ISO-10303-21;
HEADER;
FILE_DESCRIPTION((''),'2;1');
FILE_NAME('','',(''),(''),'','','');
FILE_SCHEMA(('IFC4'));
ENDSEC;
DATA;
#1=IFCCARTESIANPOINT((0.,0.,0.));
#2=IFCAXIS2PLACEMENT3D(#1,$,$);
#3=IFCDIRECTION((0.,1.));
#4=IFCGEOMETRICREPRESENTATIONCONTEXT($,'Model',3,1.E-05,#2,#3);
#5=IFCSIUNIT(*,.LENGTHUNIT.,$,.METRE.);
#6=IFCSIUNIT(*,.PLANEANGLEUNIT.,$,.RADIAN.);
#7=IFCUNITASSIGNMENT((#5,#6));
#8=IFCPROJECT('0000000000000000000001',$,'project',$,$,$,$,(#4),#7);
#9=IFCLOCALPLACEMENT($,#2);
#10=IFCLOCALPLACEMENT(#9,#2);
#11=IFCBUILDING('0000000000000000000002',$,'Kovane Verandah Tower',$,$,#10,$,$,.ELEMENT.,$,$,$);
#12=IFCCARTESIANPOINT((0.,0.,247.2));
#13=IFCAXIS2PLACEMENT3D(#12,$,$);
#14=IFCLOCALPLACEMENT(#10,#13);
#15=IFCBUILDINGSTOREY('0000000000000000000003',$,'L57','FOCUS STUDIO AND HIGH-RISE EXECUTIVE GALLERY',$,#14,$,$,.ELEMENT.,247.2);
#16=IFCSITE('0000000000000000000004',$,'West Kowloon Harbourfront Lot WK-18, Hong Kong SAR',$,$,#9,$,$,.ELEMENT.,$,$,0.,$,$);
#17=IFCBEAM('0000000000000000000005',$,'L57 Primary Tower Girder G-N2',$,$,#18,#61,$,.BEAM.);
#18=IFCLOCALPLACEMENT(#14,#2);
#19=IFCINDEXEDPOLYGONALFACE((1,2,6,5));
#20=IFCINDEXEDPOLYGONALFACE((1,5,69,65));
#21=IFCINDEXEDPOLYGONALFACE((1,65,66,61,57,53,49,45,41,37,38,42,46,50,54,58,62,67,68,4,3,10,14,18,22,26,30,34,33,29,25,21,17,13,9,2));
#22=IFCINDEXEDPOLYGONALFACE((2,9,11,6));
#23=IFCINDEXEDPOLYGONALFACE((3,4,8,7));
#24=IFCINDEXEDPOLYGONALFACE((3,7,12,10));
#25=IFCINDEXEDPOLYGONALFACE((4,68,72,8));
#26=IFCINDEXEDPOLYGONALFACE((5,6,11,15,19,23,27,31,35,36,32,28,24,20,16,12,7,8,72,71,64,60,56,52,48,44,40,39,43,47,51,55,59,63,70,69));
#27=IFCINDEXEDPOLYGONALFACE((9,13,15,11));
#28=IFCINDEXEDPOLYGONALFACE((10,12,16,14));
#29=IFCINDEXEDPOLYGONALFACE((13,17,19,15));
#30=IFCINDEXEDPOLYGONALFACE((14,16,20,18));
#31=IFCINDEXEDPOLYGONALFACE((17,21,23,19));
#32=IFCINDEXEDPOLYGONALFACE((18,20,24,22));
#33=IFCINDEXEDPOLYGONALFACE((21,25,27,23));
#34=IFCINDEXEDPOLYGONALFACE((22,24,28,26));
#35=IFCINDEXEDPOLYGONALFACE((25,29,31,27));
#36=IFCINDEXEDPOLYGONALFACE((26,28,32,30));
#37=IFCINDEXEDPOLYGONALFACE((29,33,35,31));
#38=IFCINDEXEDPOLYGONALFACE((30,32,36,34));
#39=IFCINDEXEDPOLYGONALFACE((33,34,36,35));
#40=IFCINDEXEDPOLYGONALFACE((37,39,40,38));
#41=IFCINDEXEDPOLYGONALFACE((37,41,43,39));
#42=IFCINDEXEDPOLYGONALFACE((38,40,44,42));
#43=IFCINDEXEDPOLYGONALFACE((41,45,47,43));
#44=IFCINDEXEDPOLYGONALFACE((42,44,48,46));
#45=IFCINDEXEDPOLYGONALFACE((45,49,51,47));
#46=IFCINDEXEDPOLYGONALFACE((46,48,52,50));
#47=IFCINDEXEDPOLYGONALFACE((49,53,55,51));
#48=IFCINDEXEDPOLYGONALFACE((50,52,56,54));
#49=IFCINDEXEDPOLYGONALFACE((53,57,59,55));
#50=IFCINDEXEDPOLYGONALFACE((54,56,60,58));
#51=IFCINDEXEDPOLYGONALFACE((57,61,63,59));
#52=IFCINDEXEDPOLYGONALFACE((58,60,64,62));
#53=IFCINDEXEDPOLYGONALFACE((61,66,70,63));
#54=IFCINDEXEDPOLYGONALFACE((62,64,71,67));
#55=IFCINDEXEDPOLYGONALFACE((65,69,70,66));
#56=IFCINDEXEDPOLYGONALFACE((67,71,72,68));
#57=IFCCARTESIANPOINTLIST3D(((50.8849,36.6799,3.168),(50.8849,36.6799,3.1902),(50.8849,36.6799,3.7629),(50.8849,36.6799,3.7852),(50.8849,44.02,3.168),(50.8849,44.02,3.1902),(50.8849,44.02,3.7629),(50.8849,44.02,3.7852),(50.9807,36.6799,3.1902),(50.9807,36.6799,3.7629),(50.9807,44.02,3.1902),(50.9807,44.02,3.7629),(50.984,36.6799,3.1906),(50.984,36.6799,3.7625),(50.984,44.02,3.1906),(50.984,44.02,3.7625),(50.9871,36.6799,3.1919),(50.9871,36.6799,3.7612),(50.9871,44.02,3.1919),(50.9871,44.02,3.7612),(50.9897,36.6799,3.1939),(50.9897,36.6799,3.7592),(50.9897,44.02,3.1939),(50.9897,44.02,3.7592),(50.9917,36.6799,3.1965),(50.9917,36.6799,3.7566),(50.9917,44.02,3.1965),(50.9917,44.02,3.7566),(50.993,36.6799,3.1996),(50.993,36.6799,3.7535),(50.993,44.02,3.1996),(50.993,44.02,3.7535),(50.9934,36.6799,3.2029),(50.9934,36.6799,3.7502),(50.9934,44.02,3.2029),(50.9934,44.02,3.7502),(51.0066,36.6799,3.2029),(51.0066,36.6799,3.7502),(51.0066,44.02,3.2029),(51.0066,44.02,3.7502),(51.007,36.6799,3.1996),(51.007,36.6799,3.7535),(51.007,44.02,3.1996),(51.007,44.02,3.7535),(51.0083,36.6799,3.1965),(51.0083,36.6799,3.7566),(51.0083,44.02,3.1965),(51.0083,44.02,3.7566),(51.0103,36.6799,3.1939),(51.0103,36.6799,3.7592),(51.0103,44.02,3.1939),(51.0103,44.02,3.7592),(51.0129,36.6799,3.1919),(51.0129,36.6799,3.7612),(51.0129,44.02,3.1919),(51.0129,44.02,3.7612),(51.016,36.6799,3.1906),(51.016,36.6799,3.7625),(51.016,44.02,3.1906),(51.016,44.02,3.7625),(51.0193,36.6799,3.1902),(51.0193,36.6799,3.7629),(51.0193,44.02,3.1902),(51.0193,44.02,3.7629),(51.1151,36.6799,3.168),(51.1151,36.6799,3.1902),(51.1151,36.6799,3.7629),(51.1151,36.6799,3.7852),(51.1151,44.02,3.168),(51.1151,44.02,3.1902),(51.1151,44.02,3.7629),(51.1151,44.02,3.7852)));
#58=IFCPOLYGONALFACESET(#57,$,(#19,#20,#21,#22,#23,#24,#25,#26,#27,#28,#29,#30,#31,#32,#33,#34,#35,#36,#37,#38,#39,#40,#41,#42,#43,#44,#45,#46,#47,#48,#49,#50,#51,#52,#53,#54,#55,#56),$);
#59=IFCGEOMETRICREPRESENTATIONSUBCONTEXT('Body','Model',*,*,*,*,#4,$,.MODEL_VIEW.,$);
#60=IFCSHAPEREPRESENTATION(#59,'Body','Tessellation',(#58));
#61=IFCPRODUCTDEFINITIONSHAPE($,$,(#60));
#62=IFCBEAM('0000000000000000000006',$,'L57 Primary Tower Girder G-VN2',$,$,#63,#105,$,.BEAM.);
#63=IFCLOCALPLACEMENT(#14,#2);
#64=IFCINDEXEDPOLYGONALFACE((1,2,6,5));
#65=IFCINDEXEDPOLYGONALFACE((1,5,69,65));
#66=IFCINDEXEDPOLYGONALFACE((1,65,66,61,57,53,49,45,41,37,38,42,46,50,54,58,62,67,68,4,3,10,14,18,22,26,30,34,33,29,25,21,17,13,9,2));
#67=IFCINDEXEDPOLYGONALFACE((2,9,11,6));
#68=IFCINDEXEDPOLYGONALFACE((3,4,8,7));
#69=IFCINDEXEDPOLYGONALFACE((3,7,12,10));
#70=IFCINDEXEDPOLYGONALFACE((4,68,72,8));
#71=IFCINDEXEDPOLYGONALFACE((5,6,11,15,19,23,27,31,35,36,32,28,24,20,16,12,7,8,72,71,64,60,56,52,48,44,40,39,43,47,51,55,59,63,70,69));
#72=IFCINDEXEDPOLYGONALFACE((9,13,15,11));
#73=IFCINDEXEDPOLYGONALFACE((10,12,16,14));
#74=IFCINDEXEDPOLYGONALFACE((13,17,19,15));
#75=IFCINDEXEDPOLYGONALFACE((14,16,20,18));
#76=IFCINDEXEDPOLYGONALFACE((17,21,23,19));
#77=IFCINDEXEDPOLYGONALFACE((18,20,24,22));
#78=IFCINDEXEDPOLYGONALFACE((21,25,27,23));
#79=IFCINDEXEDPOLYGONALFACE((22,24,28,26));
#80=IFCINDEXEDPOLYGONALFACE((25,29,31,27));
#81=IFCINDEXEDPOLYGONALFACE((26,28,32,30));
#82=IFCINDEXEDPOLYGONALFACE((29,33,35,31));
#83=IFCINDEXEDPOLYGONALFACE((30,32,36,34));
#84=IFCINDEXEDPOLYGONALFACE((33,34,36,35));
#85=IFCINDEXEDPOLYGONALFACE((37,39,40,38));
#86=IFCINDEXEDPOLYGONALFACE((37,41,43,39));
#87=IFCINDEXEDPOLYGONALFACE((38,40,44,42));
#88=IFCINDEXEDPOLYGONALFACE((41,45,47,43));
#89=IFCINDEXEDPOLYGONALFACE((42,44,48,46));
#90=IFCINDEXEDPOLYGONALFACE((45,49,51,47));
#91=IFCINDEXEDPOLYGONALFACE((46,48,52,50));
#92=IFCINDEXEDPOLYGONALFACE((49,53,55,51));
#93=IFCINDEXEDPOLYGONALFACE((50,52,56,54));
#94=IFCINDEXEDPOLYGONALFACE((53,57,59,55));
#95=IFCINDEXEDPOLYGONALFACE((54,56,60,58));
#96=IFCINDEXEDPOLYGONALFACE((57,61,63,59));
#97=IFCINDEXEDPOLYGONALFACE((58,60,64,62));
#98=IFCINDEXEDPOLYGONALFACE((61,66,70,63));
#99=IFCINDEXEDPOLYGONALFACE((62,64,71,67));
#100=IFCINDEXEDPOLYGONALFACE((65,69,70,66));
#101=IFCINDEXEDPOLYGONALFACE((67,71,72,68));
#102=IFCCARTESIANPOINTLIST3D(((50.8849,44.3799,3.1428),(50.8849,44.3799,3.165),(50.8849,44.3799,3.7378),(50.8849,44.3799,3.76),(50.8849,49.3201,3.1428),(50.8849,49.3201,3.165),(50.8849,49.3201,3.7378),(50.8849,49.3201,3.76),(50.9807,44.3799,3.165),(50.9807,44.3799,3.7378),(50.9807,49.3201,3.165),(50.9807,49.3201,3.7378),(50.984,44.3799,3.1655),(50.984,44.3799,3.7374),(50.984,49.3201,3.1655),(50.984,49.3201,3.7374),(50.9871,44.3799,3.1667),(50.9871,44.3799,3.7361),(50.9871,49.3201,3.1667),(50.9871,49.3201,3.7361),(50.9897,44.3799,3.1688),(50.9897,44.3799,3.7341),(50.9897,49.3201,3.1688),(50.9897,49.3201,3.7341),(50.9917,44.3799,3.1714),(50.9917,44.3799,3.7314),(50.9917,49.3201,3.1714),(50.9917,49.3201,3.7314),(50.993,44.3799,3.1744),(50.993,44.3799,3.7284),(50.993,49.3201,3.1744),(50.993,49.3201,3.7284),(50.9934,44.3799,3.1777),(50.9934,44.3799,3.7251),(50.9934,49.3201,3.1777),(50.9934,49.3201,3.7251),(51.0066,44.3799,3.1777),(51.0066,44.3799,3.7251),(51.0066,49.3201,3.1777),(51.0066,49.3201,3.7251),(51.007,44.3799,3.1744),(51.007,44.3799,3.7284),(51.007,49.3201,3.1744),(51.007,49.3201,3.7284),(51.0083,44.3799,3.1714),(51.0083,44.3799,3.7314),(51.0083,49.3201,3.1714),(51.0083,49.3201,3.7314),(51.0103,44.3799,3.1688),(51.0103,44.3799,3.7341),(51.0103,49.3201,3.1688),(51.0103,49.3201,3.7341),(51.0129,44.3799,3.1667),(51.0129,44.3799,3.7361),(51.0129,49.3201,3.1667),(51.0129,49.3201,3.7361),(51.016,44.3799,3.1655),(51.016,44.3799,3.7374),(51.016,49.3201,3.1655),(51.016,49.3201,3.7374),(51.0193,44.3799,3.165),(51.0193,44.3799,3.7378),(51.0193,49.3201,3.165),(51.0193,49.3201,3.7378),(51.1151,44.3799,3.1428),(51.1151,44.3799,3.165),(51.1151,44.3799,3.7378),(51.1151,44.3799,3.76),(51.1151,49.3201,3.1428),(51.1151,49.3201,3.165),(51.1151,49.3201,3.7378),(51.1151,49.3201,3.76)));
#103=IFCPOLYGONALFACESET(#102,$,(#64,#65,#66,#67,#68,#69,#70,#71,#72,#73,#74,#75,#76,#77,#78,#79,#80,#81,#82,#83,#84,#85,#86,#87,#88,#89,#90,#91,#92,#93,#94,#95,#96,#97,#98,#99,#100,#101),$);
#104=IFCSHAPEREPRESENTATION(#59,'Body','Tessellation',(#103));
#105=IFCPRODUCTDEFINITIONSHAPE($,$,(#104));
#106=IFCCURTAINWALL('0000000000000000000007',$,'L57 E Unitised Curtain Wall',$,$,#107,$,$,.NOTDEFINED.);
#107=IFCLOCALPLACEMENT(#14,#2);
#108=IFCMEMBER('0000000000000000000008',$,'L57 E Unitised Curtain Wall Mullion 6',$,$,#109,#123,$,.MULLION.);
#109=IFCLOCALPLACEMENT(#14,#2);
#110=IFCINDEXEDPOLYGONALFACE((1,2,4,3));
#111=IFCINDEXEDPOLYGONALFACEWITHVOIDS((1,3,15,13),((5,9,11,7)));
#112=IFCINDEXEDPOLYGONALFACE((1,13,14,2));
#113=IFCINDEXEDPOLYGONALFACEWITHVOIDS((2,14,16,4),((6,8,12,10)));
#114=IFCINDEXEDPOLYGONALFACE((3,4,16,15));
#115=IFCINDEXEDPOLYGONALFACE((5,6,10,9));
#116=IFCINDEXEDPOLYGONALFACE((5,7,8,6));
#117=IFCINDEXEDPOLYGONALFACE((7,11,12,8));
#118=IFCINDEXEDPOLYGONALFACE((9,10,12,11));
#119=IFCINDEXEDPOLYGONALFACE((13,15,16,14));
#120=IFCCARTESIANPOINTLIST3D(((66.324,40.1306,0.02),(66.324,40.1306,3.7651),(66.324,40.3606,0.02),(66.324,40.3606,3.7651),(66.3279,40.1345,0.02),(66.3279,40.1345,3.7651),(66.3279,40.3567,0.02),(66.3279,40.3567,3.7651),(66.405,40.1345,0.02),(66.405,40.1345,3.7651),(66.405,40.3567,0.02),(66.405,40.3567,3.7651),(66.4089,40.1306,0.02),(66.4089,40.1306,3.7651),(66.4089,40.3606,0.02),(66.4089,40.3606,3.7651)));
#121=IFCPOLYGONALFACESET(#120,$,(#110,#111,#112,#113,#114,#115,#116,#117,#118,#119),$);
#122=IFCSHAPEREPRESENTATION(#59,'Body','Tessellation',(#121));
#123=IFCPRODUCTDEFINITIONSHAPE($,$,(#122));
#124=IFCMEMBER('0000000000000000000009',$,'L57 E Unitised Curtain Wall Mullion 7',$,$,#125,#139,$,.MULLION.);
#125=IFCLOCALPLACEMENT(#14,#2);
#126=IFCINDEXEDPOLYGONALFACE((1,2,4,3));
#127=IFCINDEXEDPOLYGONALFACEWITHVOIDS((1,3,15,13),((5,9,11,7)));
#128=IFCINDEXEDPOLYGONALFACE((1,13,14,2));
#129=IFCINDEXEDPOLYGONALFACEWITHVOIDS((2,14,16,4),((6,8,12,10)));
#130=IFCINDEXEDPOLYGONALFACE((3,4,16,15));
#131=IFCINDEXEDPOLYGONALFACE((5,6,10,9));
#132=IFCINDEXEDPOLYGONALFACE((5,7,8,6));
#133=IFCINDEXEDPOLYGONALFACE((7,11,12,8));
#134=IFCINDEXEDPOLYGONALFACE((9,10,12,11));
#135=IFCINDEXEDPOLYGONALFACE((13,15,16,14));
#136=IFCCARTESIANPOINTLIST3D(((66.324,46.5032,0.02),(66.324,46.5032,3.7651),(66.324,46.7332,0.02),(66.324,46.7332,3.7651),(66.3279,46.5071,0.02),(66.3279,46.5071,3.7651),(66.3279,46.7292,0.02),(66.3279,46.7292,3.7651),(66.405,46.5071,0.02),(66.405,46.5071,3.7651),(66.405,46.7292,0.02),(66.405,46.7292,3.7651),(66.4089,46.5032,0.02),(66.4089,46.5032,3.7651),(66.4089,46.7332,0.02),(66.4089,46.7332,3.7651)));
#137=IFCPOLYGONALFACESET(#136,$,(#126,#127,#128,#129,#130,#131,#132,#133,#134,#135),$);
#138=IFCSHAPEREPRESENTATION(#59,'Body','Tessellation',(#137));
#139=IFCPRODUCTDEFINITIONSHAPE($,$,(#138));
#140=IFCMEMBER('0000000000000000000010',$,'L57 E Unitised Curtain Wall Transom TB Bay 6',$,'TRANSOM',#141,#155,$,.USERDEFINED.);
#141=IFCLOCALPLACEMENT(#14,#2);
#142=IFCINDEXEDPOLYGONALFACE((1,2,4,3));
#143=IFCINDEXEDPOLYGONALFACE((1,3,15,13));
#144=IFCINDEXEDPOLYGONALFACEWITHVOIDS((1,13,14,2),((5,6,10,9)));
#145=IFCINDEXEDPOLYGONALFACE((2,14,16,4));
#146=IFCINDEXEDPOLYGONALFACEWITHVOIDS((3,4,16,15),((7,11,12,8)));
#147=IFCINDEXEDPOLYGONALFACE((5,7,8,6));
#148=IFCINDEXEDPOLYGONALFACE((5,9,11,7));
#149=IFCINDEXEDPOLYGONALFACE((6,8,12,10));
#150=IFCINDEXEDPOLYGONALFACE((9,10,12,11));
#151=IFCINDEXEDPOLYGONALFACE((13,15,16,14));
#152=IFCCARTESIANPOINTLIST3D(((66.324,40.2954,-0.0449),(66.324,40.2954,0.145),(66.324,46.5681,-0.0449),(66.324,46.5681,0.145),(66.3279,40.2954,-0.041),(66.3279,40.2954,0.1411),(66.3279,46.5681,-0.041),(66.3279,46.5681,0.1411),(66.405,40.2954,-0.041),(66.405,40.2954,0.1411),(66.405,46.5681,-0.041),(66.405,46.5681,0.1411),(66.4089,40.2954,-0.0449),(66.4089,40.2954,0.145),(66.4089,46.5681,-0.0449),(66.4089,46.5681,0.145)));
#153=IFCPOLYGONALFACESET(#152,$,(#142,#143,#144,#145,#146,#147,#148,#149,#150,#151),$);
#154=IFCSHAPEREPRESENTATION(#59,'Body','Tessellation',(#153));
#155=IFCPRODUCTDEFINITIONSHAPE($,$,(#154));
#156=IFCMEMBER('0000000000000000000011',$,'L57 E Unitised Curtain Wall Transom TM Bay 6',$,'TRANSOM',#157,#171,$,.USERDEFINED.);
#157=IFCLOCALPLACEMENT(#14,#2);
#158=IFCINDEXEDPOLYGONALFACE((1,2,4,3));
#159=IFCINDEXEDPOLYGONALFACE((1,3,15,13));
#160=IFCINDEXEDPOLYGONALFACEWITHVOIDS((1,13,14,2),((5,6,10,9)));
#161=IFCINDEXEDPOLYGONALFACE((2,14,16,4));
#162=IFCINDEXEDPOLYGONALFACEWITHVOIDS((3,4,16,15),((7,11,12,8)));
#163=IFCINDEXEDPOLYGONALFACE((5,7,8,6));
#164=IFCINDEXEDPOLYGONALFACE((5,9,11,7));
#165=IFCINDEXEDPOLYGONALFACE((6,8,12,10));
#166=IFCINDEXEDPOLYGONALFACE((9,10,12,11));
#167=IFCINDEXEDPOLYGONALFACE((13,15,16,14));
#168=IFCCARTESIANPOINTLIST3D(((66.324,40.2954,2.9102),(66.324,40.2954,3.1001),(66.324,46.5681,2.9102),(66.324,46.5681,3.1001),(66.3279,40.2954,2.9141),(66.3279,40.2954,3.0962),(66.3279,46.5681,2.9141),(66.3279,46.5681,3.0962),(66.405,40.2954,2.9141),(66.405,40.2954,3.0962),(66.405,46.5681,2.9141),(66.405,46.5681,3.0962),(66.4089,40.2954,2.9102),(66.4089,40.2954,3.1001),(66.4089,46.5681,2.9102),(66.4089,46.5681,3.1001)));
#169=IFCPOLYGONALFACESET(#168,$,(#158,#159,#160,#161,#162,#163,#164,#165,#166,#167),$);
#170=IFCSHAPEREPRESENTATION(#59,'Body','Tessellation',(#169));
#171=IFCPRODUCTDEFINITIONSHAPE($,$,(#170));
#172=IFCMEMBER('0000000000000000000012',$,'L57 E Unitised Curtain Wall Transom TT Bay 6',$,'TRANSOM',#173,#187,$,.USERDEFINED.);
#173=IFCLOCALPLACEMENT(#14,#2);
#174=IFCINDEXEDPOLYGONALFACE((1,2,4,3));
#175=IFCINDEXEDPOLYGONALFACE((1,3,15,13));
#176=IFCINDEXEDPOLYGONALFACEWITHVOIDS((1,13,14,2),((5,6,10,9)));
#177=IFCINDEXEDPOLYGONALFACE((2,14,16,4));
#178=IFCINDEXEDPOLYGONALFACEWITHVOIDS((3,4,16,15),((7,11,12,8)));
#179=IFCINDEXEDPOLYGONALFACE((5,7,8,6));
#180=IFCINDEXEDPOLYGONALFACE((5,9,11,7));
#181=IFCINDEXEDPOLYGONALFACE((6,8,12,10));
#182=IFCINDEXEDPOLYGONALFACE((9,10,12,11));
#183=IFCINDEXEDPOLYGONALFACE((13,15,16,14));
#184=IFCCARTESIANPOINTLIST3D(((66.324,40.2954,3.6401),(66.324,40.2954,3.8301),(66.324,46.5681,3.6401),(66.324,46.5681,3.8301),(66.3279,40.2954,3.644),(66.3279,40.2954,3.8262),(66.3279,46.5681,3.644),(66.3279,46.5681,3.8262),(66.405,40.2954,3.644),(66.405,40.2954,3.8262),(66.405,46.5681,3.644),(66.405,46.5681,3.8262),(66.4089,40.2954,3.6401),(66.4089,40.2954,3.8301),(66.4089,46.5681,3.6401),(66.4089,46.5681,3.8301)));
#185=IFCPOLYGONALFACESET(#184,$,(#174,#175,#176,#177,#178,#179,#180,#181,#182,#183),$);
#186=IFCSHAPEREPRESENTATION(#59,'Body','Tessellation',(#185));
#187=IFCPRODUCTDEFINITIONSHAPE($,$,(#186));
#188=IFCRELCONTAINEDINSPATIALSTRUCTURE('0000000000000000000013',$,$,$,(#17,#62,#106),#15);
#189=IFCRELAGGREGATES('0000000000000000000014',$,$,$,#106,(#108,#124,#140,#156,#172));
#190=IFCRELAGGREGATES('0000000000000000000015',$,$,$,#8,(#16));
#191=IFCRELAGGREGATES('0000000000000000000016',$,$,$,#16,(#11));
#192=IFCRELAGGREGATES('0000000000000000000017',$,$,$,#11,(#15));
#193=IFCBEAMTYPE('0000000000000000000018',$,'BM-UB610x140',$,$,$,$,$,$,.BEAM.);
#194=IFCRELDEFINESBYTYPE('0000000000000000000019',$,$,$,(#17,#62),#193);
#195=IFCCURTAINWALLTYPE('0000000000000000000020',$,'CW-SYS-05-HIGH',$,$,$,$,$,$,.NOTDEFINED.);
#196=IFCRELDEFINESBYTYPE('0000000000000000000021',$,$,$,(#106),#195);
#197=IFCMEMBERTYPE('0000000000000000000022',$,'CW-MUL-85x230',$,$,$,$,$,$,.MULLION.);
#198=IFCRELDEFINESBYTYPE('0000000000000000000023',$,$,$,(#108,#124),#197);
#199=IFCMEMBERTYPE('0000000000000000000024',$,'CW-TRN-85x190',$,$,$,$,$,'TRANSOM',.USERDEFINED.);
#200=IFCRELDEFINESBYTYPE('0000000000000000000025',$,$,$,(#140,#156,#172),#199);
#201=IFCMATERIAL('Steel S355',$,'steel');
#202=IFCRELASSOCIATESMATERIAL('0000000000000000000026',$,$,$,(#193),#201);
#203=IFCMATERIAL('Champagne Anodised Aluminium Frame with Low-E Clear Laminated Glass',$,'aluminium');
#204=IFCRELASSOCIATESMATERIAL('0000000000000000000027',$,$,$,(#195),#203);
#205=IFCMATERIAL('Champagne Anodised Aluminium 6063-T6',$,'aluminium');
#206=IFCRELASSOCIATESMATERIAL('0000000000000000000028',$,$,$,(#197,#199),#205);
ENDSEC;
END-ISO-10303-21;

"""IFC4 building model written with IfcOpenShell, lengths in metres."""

from ifc_helpers import new_model, si_unit, direction, frame, origin, origin_2d, place, context, subcontext, project, spatial, hollow_rectangle, i_section, extrude, material, material_profile, profile_set, type_object, element, aggregate, save


model = new_model("IFC4")

# Units and contexts
model_context = context("Model", 3, precision=1e-05, world=origin(), true_north=direction((0.0, 1.0)))
body_context = subcontext(model_context, "Body", "Model", "MODEL_VIEW")
ifc_project = project(units=[si_unit("LENGTHUNIT", "METRE"), si_unit("PLANEANGLEUNIT", "RADIAN")], contexts=[model_context])

# Site, building, storey
site_placement = place(None, origin())
site = spatial("IfcSite", under=ifc_project, at=site_placement, Name="West Kowloon Harbourfront Lot WK-18, Hong Kong SAR", CompositionType="ELEMENT", RefElevation=0.0)
building_placement = place(site_placement, origin())
building = spatial("IfcBuilding", under=site, at=building_placement, Name="Kovane Verandah Tower", CompositionType="ELEMENT")
storey_placement = place(building_placement, frame((0.0, 0.0, 247.2)))
storey = spatial("IfcBuildingStorey", under=building, at=storey_placement, Name="L57", Description="FOCUS STUDIO AND HIGH-RISE EXECUTIVE GALLERY", CompositionType="ELEMENT", Elevation=247.2)

# Beams
ifc_material_1 = material(Name="Steel S355", Category="steel")
ifc_material_profile_1 = material_profile(ifc_material_1, i_section(OverallWidth=0.2302, OverallDepth=0.6172, WebThickness=0.0132, FlangeThickness=0.0222, FilletRadius=0.0127, at=origin_2d()), Name="UB610x229x140")
ifc_profile_set_1 = profile_set([ifc_material_profile_1], Name="Steel S355")
beam_type_1 = type_object("IfcBeamType", Name="BM-UB610x140", PredefinedType="BEAM", material=ifc_profile_set_1)
for number, where, z_axis, x_axis, name in (
    (1, (51.0, 36.6799, 3.4766), (0.0, 1.0, 0.0), (-1.0, 0.0, 0.0), "L57 Primary Tower Girder G-N2"),
):
    element("IfcBeam", number, at=place(storey_placement, frame(where, z_axis=z_axis, x_axis=x_axis)), inside=storey, type_object=beam_type_1, Name=name, PredefinedType="BEAM", context=body_context, shape_type="SweptSolid", body=[
        extrude(i_section(OverallWidth=0.2302, OverallDepth=0.6172, WebThickness=0.0132, FlangeThickness=0.0222, FilletRadius=0.0127, at=origin_2d()), origin(), (0.0, 0.0, 1.0), 7.3401),
    ])
beam_1_placement = place(storey_placement, frame((51.0, 44.3799, 3.4514), z_axis=(0.0, 1.0, 0.0), x_axis=(-1.0, 0.0, 0.0)))
element("IfcBeam", 2, at=beam_1_placement, inside=storey, type_object=beam_type_1, Name="L57 Primary Tower Girder G-VN2", PredefinedType="BEAM", context=body_context, shape_type="SweptSolid", body=[
    extrude(i_section(OverallWidth=0.2302, OverallDepth=0.6172, WebThickness=0.0132, FlangeThickness=0.0222, FilletRadius=0.0127, at=origin_2d()), origin(), (0.0, 0.0, 1.0), 4.9402),
])

# Curtain wall, members
ifc_material_2 = material(Name="Champagne Anodised Aluminium Frame with Low-E Clear Laminated Glass", Category="aluminium")
curtain_wall_type = type_object("IfcCurtainWallType", Name="CW-SYS-05-HIGH", PredefinedType="NOTDEFINED", material=ifc_material_2)
curtain_wall_placement = place(storey_placement, origin())
curtain_wall = element("IfcCurtainWall", 3, at=curtain_wall_placement, inside=storey, type_object=curtain_wall_type, Name="L57 E Unitised Curtain Wall", PredefinedType="NOTDEFINED")
ifc_material_3 = material(Name="Champagne Anodised Aluminium 6063-T6", Category="aluminium")
ifc_material_profile_2 = material_profile(ifc_material_3, hollow_rectangle(XDim=0.085, YDim=0.23, WallThickness=0.0039, at=origin_2d()), Name="AL85x230x4")
ifc_profile_set_2 = profile_set([ifc_material_profile_2], Name="Champagne Anodised Aluminium 6063-T6")
member_type_1 = type_object("IfcMemberType", Name="CW-MUL-85x230", PredefinedType="MULLION", material=ifc_profile_set_2)
member_1_placement = place(storey_placement, frame((66.3665, 40.2456, 0.02), z_axis=(0.0, 0.0, 1.0), x_axis=(1.0, 0.0, 0.0)))
member_1 = element("IfcMember", 4, at=member_1_placement, type_object=member_type_1, Name="L57 E Unitised Curtain Wall Mullion 6", PredefinedType="MULLION", context=body_context, shape_type="SweptSolid", body=[
    extrude(hollow_rectangle(XDim=0.085, YDim=0.23, WallThickness=0.0039, at=origin_2d()), origin(), (0.0, 0.0, 1.0), 3.7451),
])
member_2_placement = place(storey_placement, frame((66.3665, 46.6182, 0.02), z_axis=(0.0, 0.0, 1.0), x_axis=(1.0, 0.0, 0.0)))
member_2 = element("IfcMember", 5, at=member_2_placement, type_object=member_type_1, Name="L57 E Unitised Curtain Wall Mullion 7", PredefinedType="MULLION", context=body_context, shape_type="SweptSolid", body=[
    extrude(hollow_rectangle(XDim=0.085, YDim=0.23, WallThickness=0.0039, at=origin_2d()), origin(), (0.0, 0.0, 1.0), 3.7451),
])
ifc_material_profile_3 = material_profile(ifc_material_3, hollow_rectangle(XDim=0.085, YDim=0.1899, WallThickness=0.0039, at=origin_2d()), Name="AL85x190x4")
ifc_profile_set_3 = profile_set([ifc_material_profile_3], Name="Champagne Anodised Aluminium 6063-T6")
member_type_2 = type_object("IfcMemberType", Name="CW-TRN-85x190", ElementType="TRANSOM", PredefinedType="USERDEFINED", material=ifc_profile_set_3)
member_3_placement = place(storey_placement, frame((66.3665, 40.2954, 0.05), z_axis=(0.0, 1.0, 0.0), x_axis=(-1.0, 0.0, 0.0)))
member_3 = element("IfcMember", 6, at=member_3_placement, type_object=member_type_2, Name="L57 E Unitised Curtain Wall Transom TB Bay 6", ObjectType="TRANSOM", PredefinedType="USERDEFINED", context=body_context, shape_type="SweptSolid", body=[
    extrude(hollow_rectangle(XDim=0.085, YDim=0.1899, WallThickness=0.0039, at=origin_2d()), origin(), (0.0, 0.0, 1.0), 6.2727),
])
member_4_placement = place(storey_placement, frame((66.3665, 40.2954, 3.0051), z_axis=(0.0, 1.0, 0.0), x_axis=(-1.0, 0.0, 0.0)))
member_4 = element("IfcMember", 7, at=member_4_placement, type_object=member_type_2, Name="L57 E Unitised Curtain Wall Transom TM Bay 6", ObjectType="TRANSOM", PredefinedType="USERDEFINED", context=body_context, shape_type="SweptSolid", body=[
    extrude(hollow_rectangle(XDim=0.085, YDim=0.1899, WallThickness=0.0039, at=origin_2d()), origin(), (0.0, 0.0, 1.0), 6.2727),
])
member_5_placement = place(storey_placement, frame((66.3665, 40.2954, 3.7351), z_axis=(0.0, 1.0, 0.0), x_axis=(-1.0, 0.0, 0.0)))
member_5 = element("IfcMember", 8, at=member_5_placement, type_object=member_type_2, Name="L57 E Unitised Curtain Wall Transom TT Bay 6", ObjectType="TRANSOM", PredefinedType="USERDEFINED", context=body_context, shape_type="SweptSolid", body=[
    extrude(hollow_rectangle(XDim=0.085, YDim=0.1899, WallThickness=0.0039, at=origin_2d()), origin(), (0.0, 0.0, 1.0), 6.2727),
])

aggregate(curtain_wall, [member_1, member_2, member_3, member_4, member_5])

save(model, "model.ifc")
